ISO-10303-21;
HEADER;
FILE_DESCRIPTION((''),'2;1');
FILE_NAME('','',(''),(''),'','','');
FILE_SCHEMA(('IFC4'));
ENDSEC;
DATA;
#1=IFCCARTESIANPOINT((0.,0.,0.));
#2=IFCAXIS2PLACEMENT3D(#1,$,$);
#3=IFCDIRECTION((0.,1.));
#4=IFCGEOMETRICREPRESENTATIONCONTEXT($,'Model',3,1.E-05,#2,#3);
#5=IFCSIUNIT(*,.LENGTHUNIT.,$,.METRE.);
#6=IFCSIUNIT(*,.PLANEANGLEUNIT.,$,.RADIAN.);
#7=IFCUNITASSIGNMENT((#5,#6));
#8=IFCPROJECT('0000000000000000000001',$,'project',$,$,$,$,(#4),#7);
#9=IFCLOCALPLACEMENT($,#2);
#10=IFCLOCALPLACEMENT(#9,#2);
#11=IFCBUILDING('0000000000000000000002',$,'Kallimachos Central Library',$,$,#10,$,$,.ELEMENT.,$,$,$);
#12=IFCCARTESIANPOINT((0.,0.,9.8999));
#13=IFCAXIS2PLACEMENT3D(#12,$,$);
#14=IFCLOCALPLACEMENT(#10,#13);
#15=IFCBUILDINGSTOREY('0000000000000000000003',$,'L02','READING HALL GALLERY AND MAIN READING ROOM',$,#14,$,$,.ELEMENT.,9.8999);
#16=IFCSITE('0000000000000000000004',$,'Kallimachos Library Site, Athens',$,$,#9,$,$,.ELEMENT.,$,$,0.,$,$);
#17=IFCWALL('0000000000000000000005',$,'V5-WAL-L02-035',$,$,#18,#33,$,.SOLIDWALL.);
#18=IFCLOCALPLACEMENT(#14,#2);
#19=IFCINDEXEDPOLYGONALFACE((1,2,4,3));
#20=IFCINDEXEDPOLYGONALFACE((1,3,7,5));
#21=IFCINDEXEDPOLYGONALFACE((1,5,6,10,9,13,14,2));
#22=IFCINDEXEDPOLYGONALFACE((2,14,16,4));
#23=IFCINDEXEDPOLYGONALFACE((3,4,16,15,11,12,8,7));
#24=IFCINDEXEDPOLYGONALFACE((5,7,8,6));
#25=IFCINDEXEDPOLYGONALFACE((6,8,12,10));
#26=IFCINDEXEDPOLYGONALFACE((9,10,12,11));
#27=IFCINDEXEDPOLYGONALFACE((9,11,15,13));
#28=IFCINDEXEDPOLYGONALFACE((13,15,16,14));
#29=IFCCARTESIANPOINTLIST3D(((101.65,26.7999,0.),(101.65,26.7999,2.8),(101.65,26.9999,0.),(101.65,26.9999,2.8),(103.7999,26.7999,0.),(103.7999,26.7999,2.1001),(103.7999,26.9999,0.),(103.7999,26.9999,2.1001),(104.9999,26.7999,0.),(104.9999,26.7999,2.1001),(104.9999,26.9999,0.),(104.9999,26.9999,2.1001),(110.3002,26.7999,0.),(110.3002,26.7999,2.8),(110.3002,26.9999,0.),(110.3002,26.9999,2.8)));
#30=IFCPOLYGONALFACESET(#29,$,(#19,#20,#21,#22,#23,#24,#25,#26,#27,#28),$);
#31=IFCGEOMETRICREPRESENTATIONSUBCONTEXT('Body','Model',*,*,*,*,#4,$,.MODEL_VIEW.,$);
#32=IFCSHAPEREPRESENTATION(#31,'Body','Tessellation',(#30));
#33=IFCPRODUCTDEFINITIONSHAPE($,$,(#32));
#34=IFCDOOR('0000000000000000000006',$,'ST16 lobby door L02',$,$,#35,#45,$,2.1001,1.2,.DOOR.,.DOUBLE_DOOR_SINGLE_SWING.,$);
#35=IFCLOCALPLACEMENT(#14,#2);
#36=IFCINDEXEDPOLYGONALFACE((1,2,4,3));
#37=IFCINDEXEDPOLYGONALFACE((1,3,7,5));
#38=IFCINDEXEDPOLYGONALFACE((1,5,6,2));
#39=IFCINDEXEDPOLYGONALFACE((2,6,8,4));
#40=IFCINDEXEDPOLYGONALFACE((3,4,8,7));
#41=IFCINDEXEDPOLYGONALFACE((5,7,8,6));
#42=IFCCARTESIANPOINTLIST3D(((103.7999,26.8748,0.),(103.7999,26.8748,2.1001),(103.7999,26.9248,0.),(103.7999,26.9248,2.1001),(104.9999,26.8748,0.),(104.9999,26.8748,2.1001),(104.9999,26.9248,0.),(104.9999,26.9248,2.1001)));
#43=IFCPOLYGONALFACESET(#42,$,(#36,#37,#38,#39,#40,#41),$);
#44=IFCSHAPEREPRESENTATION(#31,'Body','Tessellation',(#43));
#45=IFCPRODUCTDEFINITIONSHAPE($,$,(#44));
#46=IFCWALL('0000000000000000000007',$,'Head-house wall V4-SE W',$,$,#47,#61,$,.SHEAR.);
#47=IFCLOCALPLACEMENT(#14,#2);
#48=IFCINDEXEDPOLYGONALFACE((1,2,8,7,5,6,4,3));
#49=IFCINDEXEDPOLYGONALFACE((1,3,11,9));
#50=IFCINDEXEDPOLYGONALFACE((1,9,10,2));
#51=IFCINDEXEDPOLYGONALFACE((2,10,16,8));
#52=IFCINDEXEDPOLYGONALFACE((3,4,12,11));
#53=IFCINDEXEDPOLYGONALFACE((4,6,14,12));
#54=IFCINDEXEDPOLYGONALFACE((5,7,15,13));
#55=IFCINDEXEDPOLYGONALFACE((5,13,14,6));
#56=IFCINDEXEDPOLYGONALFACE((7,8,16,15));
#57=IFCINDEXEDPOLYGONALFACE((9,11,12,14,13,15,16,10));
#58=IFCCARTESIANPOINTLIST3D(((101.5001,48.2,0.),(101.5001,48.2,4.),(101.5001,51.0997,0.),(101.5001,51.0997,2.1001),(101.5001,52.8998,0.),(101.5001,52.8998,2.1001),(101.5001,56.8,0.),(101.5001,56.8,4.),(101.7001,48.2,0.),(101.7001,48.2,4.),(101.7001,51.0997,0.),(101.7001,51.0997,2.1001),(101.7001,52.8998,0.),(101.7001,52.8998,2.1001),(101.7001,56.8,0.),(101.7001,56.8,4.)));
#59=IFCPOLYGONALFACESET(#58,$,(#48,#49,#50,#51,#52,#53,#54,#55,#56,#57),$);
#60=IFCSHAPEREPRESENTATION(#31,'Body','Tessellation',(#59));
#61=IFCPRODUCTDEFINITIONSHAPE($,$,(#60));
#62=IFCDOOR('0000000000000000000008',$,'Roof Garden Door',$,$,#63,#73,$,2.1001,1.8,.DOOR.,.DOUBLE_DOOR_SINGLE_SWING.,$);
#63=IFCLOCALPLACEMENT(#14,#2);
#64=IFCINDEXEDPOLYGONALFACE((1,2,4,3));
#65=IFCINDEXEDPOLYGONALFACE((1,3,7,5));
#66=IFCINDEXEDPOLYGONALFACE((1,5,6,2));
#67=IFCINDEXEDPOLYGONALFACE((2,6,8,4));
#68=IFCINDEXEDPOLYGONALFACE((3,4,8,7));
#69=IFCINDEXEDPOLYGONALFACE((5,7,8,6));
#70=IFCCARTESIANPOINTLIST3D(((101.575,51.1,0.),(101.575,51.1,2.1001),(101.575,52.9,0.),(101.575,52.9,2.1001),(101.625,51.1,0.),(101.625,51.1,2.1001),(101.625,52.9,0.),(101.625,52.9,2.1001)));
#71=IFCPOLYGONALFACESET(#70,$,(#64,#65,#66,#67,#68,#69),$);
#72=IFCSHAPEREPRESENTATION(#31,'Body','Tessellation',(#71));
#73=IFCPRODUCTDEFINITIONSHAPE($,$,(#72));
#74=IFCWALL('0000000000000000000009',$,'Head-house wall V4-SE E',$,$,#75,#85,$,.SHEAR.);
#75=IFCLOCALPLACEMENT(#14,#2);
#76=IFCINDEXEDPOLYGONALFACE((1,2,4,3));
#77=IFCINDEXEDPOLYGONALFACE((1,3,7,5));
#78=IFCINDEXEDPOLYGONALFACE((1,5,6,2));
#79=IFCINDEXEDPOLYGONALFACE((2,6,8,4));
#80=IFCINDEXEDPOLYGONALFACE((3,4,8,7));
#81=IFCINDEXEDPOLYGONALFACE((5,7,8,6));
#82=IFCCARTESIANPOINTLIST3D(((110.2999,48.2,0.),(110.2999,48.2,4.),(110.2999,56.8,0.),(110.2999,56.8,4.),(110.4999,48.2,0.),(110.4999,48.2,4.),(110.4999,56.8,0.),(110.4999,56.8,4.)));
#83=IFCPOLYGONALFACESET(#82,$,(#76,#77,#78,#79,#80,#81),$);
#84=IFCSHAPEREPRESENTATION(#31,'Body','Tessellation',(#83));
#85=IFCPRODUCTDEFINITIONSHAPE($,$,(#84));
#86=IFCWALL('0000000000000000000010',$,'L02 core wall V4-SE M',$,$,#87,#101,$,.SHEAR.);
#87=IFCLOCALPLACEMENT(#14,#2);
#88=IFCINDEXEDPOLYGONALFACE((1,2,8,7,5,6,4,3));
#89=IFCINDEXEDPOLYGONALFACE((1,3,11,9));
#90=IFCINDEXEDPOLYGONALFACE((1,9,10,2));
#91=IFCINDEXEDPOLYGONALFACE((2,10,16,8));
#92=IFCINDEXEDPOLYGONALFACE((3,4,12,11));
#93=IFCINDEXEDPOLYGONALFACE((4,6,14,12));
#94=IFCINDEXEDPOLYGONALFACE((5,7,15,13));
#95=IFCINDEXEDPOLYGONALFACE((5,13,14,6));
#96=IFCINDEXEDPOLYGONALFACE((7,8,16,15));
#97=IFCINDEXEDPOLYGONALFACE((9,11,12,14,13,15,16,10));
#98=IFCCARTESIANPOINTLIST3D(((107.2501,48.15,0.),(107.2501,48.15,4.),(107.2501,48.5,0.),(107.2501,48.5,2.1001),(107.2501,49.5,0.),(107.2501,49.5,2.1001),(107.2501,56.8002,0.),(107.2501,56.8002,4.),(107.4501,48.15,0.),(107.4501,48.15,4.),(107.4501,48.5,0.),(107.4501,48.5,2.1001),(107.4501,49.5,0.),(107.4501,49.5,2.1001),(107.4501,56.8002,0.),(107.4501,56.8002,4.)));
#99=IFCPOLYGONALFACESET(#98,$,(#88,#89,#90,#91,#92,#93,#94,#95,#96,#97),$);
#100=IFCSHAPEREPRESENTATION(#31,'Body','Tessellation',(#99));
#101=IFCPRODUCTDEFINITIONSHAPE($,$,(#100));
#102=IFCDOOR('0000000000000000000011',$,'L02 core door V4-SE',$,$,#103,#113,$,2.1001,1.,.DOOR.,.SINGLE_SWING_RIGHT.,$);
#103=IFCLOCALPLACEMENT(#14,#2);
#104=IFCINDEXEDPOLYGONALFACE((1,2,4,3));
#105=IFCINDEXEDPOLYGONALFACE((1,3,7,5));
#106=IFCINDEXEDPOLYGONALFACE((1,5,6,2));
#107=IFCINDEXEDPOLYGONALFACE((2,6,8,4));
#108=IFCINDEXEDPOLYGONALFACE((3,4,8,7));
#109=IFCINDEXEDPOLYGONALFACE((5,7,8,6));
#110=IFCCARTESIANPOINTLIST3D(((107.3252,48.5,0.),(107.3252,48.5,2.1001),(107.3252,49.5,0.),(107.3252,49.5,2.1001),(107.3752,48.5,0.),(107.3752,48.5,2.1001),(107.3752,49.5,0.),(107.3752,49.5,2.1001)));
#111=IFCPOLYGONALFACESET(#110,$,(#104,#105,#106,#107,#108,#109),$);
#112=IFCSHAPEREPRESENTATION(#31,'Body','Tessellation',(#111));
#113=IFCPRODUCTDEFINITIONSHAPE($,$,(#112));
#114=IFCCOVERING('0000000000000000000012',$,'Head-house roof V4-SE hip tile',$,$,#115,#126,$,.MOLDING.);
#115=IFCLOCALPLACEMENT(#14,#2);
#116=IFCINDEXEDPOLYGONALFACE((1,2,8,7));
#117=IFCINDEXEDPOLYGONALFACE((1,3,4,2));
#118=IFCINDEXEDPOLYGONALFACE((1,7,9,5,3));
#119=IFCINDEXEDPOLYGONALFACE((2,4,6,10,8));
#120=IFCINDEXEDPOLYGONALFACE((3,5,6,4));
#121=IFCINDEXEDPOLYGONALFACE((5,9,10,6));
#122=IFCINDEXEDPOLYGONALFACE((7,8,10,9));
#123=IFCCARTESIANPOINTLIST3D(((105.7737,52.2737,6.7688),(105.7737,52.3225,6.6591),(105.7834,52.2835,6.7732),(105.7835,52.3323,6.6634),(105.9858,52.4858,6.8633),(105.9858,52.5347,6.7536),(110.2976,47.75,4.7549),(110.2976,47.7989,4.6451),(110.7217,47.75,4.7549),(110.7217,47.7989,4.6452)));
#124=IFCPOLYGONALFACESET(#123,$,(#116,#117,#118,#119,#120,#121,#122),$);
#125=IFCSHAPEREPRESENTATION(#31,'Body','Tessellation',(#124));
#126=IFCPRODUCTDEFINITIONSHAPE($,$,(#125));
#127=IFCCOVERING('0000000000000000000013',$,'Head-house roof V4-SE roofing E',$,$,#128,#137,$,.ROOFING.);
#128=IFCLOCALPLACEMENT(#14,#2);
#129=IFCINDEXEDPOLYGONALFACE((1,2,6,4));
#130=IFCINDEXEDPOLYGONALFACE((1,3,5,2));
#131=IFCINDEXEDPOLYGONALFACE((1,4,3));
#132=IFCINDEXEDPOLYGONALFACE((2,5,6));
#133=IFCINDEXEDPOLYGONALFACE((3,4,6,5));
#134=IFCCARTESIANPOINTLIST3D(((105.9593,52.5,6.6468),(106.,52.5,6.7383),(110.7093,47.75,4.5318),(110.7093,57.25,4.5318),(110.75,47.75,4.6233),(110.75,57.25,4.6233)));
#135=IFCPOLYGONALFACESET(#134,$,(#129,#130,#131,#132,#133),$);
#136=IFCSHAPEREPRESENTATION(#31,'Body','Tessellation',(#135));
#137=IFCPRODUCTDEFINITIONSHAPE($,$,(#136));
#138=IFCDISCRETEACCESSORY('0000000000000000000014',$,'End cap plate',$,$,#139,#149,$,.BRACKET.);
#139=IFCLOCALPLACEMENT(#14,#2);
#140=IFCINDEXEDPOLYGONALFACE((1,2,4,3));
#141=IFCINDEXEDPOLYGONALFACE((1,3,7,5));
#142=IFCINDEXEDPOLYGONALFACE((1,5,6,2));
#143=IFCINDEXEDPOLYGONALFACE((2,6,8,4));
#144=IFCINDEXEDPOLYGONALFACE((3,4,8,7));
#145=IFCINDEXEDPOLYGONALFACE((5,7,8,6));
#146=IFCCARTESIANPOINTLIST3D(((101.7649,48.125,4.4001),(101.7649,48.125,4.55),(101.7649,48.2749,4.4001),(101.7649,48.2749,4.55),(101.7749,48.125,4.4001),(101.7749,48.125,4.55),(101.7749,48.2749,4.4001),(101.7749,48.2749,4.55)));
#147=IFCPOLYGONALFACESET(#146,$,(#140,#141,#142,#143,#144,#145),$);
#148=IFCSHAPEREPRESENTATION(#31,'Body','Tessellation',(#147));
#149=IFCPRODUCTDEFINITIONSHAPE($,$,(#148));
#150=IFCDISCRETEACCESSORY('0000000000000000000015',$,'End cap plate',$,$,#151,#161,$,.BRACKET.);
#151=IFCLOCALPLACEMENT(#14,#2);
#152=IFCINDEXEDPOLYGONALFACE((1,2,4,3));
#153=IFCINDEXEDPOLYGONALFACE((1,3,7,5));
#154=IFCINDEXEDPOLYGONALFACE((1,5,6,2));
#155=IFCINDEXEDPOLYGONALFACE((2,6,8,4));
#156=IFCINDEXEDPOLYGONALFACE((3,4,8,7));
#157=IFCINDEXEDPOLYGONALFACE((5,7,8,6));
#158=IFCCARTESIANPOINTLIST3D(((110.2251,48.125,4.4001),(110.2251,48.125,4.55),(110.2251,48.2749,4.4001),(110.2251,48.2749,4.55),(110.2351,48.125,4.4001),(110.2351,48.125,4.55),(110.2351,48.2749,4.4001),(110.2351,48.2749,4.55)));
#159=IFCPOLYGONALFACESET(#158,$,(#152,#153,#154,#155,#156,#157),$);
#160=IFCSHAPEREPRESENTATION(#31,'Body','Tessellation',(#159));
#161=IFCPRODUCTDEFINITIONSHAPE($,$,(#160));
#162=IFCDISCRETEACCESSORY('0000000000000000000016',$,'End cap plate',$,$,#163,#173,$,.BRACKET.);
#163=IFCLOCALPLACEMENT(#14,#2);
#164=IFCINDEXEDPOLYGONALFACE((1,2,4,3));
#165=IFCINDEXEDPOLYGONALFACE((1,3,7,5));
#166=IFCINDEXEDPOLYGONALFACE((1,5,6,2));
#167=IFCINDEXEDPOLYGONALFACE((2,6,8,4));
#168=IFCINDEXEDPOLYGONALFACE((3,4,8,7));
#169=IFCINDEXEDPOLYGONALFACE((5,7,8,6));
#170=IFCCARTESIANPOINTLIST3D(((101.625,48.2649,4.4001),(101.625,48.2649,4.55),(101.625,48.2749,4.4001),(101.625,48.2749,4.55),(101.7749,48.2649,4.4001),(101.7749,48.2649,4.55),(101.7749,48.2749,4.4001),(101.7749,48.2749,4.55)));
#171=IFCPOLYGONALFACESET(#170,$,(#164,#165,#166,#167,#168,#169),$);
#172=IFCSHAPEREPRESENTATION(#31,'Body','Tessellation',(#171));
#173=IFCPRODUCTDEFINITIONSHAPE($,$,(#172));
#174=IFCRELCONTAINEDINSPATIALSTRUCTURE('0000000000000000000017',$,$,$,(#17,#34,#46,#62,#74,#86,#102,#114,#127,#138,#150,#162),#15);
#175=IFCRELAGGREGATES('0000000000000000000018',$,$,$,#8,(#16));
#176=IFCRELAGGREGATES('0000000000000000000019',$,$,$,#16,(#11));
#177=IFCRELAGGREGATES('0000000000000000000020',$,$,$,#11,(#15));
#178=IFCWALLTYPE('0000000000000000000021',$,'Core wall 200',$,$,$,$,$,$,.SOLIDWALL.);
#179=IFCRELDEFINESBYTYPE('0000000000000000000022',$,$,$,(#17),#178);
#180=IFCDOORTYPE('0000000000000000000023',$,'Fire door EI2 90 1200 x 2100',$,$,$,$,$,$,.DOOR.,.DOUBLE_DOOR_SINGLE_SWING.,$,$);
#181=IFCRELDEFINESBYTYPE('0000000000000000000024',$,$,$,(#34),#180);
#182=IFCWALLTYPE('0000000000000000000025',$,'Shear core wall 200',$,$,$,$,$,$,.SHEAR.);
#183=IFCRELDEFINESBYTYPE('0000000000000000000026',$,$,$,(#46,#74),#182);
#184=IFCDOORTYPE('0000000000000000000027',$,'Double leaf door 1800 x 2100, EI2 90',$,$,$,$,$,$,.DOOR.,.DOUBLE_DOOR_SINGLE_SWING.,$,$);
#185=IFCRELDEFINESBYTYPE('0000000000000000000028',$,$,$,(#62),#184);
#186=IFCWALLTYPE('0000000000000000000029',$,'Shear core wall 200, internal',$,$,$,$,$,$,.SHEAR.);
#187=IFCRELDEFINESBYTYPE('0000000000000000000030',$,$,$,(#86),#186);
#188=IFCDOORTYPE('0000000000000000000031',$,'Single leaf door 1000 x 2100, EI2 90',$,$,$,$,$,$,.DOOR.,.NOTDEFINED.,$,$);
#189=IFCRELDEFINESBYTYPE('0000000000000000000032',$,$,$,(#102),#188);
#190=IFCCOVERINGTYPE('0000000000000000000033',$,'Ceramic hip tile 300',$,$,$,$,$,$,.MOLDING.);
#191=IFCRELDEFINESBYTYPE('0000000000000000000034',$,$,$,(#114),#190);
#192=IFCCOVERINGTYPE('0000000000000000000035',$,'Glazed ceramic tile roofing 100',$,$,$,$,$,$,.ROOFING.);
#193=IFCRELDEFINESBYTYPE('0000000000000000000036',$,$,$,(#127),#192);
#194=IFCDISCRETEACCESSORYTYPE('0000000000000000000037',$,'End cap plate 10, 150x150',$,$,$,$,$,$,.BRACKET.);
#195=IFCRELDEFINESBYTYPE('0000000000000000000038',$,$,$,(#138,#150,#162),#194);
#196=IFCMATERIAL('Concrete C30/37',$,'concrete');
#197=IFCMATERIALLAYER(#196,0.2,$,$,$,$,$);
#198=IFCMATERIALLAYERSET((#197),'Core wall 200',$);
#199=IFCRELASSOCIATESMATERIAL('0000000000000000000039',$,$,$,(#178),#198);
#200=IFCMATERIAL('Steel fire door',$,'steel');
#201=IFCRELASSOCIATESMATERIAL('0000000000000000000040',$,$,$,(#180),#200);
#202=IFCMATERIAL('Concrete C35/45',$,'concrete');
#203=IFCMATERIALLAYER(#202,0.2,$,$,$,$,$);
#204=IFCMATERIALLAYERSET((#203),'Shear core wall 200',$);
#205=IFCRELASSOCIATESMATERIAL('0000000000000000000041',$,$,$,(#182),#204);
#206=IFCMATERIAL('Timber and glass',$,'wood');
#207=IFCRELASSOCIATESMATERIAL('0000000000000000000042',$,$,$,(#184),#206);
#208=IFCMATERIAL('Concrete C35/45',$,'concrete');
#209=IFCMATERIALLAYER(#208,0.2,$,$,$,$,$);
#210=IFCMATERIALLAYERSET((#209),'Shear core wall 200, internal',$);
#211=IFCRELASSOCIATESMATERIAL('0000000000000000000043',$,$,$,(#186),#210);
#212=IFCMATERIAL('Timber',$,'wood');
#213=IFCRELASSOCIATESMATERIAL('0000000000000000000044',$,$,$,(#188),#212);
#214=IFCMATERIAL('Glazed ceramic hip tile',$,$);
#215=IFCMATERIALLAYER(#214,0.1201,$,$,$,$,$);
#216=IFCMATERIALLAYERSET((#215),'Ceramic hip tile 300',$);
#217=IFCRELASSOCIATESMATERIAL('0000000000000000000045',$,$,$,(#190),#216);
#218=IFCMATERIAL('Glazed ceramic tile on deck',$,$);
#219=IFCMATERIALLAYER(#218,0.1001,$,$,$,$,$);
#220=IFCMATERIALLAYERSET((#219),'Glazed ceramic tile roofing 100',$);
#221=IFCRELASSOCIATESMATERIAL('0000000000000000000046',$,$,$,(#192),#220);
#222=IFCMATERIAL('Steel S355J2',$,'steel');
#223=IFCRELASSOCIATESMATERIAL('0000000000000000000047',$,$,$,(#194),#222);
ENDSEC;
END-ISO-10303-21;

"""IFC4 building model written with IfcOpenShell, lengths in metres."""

from ifc_helpers import new_model, si_unit, direction, frame, frame_2d, origin, origin_2d, place, context, subcontext, project, spatial, polyline, rectangle, outline, extrude, material, layer, layer_set, material_profile, profile_set, type_object, element, fill, save


model = new_model("IFC4")

# Units and contexts
model_context = context("Model", 3, precision=1e-05, world=origin(), true_north=direction((0.0, 1.0)))
body_context = subcontext(model_context, "Body", "Model", "MODEL_VIEW")
ifc_project = project(units=[si_unit("LENGTHUNIT", "METRE"), si_unit("PLANEANGLEUNIT", "RADIAN")], contexts=[model_context])

# Site, building, storey
site_placement = place(None, origin())
site = spatial("IfcSite", under=ifc_project, at=site_placement, Name="Kallimachos Library Site, Athens", CompositionType="ELEMENT", RefElevation=0.0)
building_placement = place(site_placement, origin())
building = spatial("IfcBuilding", under=site, at=building_placement, Name="Kallimachos Central Library", CompositionType="ELEMENT")
storey_placement = place(building_placement, frame((0.0, 0.0, 9.8999)))
storey = spatial("IfcBuildingStorey", under=building, at=storey_placement, Name="L02", Description="READING HALL GALLERY AND MAIN READING ROOM", CompositionType="ELEMENT", Elevation=9.8999)

# Walls, openings, doors
ifc_material_1 = material(Name="Concrete C30/37", Category="concrete")
ifc_layer_1 = layer(ifc_material_1, 0.2)
ifc_layer_set_1 = layer_set([ifc_layer_1], Name="Core wall 200")
wall_type_1 = type_object("IfcWallType", Name="Core wall 200", PredefinedType="SOLIDWALL", material=ifc_layer_set_1)
wall_1_placement = place(storey_placement, frame((101.6499, 26.8999, 0.0), z_axis=(0.0, 0.0, 1.0), x_axis=(1.0, 0.0, 0.0)))
wall_1 = element("IfcWall", 1, at=wall_1_placement, inside=storey, type_object=wall_type_1, Name="V5-WAL-L02-035", PredefinedType="SOLIDWALL", context=body_context, shape_type="SweptSolid", body=[
    extrude(rectangle(XDim=8.6501, YDim=0.2, at=frame_2d((4.3252, 0.0))), origin(), (0.0, 0.0, 1.0), 2.8),
])
opening_1_placement = place(wall_1_placement, frame((2.1499, 0.0, 0.0)))
opening_1 = element("IfcOpeningElement", 2, at=opening_1_placement, cuts=wall_1, PredefinedType="OPENING", context=body_context, shape_type="SweptSolid", body=[
    extrude(rectangle(XDim=1.2, YDim=2.1001, at=frame_2d((0.6001, 1.05))), frame((0.0, 0.1099, 0.0), z_axis=(0.0, -1.0, 0.0), x_axis=(1.0, 0.0, 0.0)), (0.0, 0.0, 1.0), 0.22),
])
ifc_material_2 = material(Name="Steel fire door", Category="steel")
door_type_1 = type_object("IfcDoorType", Name="Fire door EI2 90 1200 x 2100", OperationType="DOUBLE_DOOR_SINGLE_SWING", PredefinedType="DOOR", material=ifc_material_2)
door_1_placement = place(opening_1_placement, origin())
door_1 = element("IfcDoor", 3, at=door_1_placement, inside=storey, type_object=door_type_1, Name="ST16 lobby door L02", OperationType="DOUBLE_DOOR_SINGLE_SWING", OverallHeight=2.1001, OverallWidth=1.2, PredefinedType="DOOR", context=body_context, shape_type="SweptSolid", body=[
    extrude(rectangle(XDim=1.2, YDim=2.1001, at=frame_2d((0.6001, 1.05))), frame((0.0, 0.0249, 0.0), z_axis=(0.0, -1.0, 0.0), x_axis=(1.0, 0.0, 0.0)), (0.0, 0.0, 1.0), 0.05),
])
fill(opening_1, door_1)
ifc_material_3 = material(Name="Concrete C35/45", Category="concrete")
ifc_layer_2 = layer(ifc_material_3, 0.2)
ifc_layer_set_2 = layer_set([ifc_layer_2], Name="Shear core wall 200")
wall_type_2 = type_object("IfcWallType", Name="Shear core wall 200", PredefinedType="SHEAR", material=ifc_layer_set_2)
wall_2_placement = place(storey_placement, frame((101.6001, 48.2, 0.0), z_axis=(0.0, 0.0, 1.0), x_axis=(0.0, 1.0, 0.0)))
wall_2 = element("IfcWall", 4, at=wall_2_placement, inside=storey, type_object=wall_type_2, Name="Head-house wall V4-SE W", PredefinedType="SHEAR", context=body_context, shape_type="SweptSolid", body=[
    extrude(rectangle(XDim=8.6001, YDim=0.2, at=frame_2d((4.3, 0.0))), origin(), (0.0, 0.0, 1.0), 4.0),
])
opening_2_placement = place(wall_2_placement, frame((2.8999, 0.0, 0.0)))
opening_2 = element("IfcOpeningElement", 5, at=opening_2_placement, cuts=wall_2, PredefinedType="OPENING", context=body_context, shape_type="SweptSolid", body=[
    extrude(rectangle(XDim=1.8, YDim=2.1001, at=frame_2d((0.8999, 1.05))), frame((0.0, 0.1099, 0.0), z_axis=(0.0, -1.0, 0.0), x_axis=(1.0, 0.0, 0.0)), (0.0, 0.0, 1.0), 0.22),
])
ifc_material_4 = material(Name="Timber and glass", Category="wood")
door_type_2 = type_object("IfcDoorType", Name="Double leaf door 1800 x 2100, EI2 90", OperationType="DOUBLE_DOOR_SINGLE_SWING", PredefinedType="DOOR", material=ifc_material_4)
door_2_placement = place(opening_2_placement, frame((1.8, 0.0, 0.0), z_axis=(0.0, 0.0, 1.0), x_axis=(-1.0, 0.0, 0.0)))
door_2 = element("IfcDoor", 6, at=door_2_placement, inside=storey, type_object=door_type_2, Name="Roof Garden Door", OperationType="DOUBLE_DOOR_SINGLE_SWING", OverallHeight=2.1001, OverallWidth=1.8, PredefinedType="DOOR", context=body_context, shape_type="SweptSolid", body=[
    extrude(rectangle(XDim=1.8, YDim=2.1001, at=frame_2d((0.8999, 1.05))), frame((0.0, 0.0249, 0.0), z_axis=(0.0, -1.0, 0.0), x_axis=(1.0, 0.0, 0.0)), (0.0, 0.0, 1.0), 0.05),
])
fill(opening_2, door_2)

# Wall
wall_3_placement = place(storey_placement, frame((110.3999, 48.2, 0.0), z_axis=(0.0, 0.0, 1.0), x_axis=(0.0, 1.0, 0.0)))
element("IfcWall", 7, at=wall_3_placement, inside=storey, type_object=wall_type_2, Name="Head-house wall V4-SE E", PredefinedType="SHEAR", context=body_context, shape_type="SweptSolid", body=[
    extrude(rectangle(XDim=8.6001, YDim=0.2, at=frame_2d((4.3, 0.0))), origin(), (0.0, 0.0, 1.0), 4.0),
])

# Wall, opening, door
ifc_material_5 = material(Name="Concrete C35/45", Category="concrete")
ifc_layer_3 = layer(ifc_material_5, 0.2)
ifc_layer_set_3 = layer_set([ifc_layer_3], Name="Shear core wall 200, internal")
wall_type_3 = type_object("IfcWallType", Name="Shear core wall 200, internal", PredefinedType="SHEAR", material=ifc_layer_set_3)
wall_4_placement = place(storey_placement, frame((107.3501, 48.1499, 0.0), z_axis=(0.0, 0.0, 1.0), x_axis=(0.0, 1.0, 0.0)))
wall_4 = element("IfcWall", 8, at=wall_4_placement, inside=storey, type_object=wall_type_3, Name="L02 core wall V4-SE M", PredefinedType="SHEAR", context=body_context, shape_type="SweptSolid", body=[
    extrude(rectangle(XDim=8.6501, YDim=0.2, at=frame_2d((4.3252, 0.0))), origin(), (0.0, 0.0, 1.0), 4.0),
])
opening_3_placement = place(wall_4_placement, frame((0.3501, 0.0, 0.0)))
opening_3 = element("IfcOpeningElement", 9, at=opening_3_placement, cuts=wall_4, PredefinedType="OPENING", context=body_context, shape_type="SweptSolid", body=[
    extrude(rectangle(XDim=1.0, YDim=2.1001, at=frame_2d((0.5, 1.05))), frame((0.0, 0.1099, 0.0), z_axis=(0.0, -1.0, 0.0), x_axis=(1.0, 0.0, 0.0)), (0.0, 0.0, 1.0), 0.22),
])
ifc_material_6 = material(Name="Timber", Category="wood")
door_type_3 = type_object("IfcDoorType", Name="Single leaf door 1000 x 2100, EI2 90", OperationType="NOTDEFINED", PredefinedType="DOOR", material=ifc_material_6)
door_3_placement = place(opening_3_placement, origin())
door_3 = element("IfcDoor", 10, at=door_3_placement, inside=storey, type_object=door_type_3, Name="L02 core door V4-SE", OperationType="SINGLE_SWING_RIGHT", OverallHeight=2.1001, OverallWidth=1.0, PredefinedType="DOOR", context=body_context, shape_type="SweptSolid", body=[
    extrude(rectangle(XDim=1.0, YDim=2.1001, at=frame_2d((0.5, 1.05))), frame((0.0, 0.0249, 0.0), z_axis=(0.0, -1.0, 0.0), x_axis=(1.0, 0.0, 0.0)), (0.0, 0.0, 1.0), 0.05),
])
fill(opening_3, door_3)

# Coverings
ifc_material_7 = material(Name="Glazed ceramic hip tile")
ifc_layer_4 = layer(ifc_material_7, 0.1201)
ifc_layer_set_4 = layer_set([ifc_layer_4], Name="Ceramic hip tile 300")
covering_type_1 = type_object("IfcCoveringType", Name="Ceramic hip tile 300", PredefinedType="MOLDING", material=ifc_layer_set_4)
covering_1_placement = place(storey_placement, frame((110.7217, 47.75, 4.7549), z_axis=(-0.00003, -0.406742, 0.913543), x_axis=(-1.0, 0.000012, -0.000028)))
element("IfcCovering", 11, at=covering_1_placement, inside=storey, type_object=covering_type_1, Name="Head-house roof V4-SE hip tile", PredefinedType="MOLDING", context=body_context, shape_type="SweptSolid", body=[
    extrude(outline(polyline([(0.0, 0.0), (0.4241, 0.0), (4.948, -4.9517), (4.9382, -4.9624), (4.7358, -5.184), (0.0, 0.0)])), origin(), (0.0, 0.0, -1.0), 0.1201),
])
ifc_material_8 = material(Name="Glazed ceramic tile on deck")
ifc_layer_5 = layer(ifc_material_8, 0.1001)
ifc_layer_set_5 = layer_set([ifc_layer_5], Name="Glazed ceramic tile roofing 100")
covering_type_2 = type_object("IfcCoveringType", Name="Glazed ceramic tile roofing 100", PredefinedType="ROOFING", material=ifc_layer_set_5)
covering_2_placement = place(storey_placement, frame((110.75, 47.75, 4.6233), z_axis=(0.406761, 0.0, 0.913534), x_axis=(0.0, 1.0, 0.0)))
element("IfcCovering", 12, at=covering_2_placement, inside=storey, type_object=covering_type_2, Name="Head-house roof V4-SE roofing E", PredefinedType="ROOFING", context=body_context, shape_type="SweptSolid", body=[
    extrude(outline(polyline([(0.0, 0.0), (9.5, 0.0), (4.75, 5.1996), (0.0, 0.0)])), origin(), (0.0, 0.0, -1.0), 0.1001),
])

# Discrete accessories
ifc_material_9 = material(Name="Steel S355J2", Category="steel")
ifc_material_profile_1 = material_profile(ifc_material_9, rectangle(XDim=0.1499, YDim=0.1499, at=origin_2d()), Name="End cap plate 10, 150x150")
ifc_profile_set_1 = profile_set([ifc_material_profile_1], Name="Steel S355J2")
discrete_accessory_type = type_object("IfcDiscreteAccessoryType", Name="End cap plate 10, 150x150", PredefinedType="BRACKET", material=ifc_profile_set_1)
for number, where, z_axis, x_axis, name in (
    (13, (101.7649, 48.2, 4.4751), (1.0, 0.0, 0.0), (0.0, 1.0, 0.0), "End cap plate"),
    (14, (110.2251, 48.2, 4.4751), (1.0, 0.0, 0.0), (0.0, 1.0, 0.0), "End cap plate"),
    (15, (101.7, 48.2649, 4.4751), (0.0, 1.0, 0.0), (-1.0, 0.0, 0.0), "End cap plate"),
):
    element("IfcDiscreteAccessory", number, at=place(storey_placement, frame(where, z_axis=z_axis, x_axis=x_axis)), inside=storey, type_object=discrete_accessory_type, Name=name, PredefinedType="BRACKET", context=body_context, shape_type="SweptSolid", body=[
        extrude(rectangle(XDim=0.1499, YDim=0.1499, at=origin_2d()), origin(), (0.0, 0.0, 1.0), 0.01),
    ])

save(model, "model.ifc")
